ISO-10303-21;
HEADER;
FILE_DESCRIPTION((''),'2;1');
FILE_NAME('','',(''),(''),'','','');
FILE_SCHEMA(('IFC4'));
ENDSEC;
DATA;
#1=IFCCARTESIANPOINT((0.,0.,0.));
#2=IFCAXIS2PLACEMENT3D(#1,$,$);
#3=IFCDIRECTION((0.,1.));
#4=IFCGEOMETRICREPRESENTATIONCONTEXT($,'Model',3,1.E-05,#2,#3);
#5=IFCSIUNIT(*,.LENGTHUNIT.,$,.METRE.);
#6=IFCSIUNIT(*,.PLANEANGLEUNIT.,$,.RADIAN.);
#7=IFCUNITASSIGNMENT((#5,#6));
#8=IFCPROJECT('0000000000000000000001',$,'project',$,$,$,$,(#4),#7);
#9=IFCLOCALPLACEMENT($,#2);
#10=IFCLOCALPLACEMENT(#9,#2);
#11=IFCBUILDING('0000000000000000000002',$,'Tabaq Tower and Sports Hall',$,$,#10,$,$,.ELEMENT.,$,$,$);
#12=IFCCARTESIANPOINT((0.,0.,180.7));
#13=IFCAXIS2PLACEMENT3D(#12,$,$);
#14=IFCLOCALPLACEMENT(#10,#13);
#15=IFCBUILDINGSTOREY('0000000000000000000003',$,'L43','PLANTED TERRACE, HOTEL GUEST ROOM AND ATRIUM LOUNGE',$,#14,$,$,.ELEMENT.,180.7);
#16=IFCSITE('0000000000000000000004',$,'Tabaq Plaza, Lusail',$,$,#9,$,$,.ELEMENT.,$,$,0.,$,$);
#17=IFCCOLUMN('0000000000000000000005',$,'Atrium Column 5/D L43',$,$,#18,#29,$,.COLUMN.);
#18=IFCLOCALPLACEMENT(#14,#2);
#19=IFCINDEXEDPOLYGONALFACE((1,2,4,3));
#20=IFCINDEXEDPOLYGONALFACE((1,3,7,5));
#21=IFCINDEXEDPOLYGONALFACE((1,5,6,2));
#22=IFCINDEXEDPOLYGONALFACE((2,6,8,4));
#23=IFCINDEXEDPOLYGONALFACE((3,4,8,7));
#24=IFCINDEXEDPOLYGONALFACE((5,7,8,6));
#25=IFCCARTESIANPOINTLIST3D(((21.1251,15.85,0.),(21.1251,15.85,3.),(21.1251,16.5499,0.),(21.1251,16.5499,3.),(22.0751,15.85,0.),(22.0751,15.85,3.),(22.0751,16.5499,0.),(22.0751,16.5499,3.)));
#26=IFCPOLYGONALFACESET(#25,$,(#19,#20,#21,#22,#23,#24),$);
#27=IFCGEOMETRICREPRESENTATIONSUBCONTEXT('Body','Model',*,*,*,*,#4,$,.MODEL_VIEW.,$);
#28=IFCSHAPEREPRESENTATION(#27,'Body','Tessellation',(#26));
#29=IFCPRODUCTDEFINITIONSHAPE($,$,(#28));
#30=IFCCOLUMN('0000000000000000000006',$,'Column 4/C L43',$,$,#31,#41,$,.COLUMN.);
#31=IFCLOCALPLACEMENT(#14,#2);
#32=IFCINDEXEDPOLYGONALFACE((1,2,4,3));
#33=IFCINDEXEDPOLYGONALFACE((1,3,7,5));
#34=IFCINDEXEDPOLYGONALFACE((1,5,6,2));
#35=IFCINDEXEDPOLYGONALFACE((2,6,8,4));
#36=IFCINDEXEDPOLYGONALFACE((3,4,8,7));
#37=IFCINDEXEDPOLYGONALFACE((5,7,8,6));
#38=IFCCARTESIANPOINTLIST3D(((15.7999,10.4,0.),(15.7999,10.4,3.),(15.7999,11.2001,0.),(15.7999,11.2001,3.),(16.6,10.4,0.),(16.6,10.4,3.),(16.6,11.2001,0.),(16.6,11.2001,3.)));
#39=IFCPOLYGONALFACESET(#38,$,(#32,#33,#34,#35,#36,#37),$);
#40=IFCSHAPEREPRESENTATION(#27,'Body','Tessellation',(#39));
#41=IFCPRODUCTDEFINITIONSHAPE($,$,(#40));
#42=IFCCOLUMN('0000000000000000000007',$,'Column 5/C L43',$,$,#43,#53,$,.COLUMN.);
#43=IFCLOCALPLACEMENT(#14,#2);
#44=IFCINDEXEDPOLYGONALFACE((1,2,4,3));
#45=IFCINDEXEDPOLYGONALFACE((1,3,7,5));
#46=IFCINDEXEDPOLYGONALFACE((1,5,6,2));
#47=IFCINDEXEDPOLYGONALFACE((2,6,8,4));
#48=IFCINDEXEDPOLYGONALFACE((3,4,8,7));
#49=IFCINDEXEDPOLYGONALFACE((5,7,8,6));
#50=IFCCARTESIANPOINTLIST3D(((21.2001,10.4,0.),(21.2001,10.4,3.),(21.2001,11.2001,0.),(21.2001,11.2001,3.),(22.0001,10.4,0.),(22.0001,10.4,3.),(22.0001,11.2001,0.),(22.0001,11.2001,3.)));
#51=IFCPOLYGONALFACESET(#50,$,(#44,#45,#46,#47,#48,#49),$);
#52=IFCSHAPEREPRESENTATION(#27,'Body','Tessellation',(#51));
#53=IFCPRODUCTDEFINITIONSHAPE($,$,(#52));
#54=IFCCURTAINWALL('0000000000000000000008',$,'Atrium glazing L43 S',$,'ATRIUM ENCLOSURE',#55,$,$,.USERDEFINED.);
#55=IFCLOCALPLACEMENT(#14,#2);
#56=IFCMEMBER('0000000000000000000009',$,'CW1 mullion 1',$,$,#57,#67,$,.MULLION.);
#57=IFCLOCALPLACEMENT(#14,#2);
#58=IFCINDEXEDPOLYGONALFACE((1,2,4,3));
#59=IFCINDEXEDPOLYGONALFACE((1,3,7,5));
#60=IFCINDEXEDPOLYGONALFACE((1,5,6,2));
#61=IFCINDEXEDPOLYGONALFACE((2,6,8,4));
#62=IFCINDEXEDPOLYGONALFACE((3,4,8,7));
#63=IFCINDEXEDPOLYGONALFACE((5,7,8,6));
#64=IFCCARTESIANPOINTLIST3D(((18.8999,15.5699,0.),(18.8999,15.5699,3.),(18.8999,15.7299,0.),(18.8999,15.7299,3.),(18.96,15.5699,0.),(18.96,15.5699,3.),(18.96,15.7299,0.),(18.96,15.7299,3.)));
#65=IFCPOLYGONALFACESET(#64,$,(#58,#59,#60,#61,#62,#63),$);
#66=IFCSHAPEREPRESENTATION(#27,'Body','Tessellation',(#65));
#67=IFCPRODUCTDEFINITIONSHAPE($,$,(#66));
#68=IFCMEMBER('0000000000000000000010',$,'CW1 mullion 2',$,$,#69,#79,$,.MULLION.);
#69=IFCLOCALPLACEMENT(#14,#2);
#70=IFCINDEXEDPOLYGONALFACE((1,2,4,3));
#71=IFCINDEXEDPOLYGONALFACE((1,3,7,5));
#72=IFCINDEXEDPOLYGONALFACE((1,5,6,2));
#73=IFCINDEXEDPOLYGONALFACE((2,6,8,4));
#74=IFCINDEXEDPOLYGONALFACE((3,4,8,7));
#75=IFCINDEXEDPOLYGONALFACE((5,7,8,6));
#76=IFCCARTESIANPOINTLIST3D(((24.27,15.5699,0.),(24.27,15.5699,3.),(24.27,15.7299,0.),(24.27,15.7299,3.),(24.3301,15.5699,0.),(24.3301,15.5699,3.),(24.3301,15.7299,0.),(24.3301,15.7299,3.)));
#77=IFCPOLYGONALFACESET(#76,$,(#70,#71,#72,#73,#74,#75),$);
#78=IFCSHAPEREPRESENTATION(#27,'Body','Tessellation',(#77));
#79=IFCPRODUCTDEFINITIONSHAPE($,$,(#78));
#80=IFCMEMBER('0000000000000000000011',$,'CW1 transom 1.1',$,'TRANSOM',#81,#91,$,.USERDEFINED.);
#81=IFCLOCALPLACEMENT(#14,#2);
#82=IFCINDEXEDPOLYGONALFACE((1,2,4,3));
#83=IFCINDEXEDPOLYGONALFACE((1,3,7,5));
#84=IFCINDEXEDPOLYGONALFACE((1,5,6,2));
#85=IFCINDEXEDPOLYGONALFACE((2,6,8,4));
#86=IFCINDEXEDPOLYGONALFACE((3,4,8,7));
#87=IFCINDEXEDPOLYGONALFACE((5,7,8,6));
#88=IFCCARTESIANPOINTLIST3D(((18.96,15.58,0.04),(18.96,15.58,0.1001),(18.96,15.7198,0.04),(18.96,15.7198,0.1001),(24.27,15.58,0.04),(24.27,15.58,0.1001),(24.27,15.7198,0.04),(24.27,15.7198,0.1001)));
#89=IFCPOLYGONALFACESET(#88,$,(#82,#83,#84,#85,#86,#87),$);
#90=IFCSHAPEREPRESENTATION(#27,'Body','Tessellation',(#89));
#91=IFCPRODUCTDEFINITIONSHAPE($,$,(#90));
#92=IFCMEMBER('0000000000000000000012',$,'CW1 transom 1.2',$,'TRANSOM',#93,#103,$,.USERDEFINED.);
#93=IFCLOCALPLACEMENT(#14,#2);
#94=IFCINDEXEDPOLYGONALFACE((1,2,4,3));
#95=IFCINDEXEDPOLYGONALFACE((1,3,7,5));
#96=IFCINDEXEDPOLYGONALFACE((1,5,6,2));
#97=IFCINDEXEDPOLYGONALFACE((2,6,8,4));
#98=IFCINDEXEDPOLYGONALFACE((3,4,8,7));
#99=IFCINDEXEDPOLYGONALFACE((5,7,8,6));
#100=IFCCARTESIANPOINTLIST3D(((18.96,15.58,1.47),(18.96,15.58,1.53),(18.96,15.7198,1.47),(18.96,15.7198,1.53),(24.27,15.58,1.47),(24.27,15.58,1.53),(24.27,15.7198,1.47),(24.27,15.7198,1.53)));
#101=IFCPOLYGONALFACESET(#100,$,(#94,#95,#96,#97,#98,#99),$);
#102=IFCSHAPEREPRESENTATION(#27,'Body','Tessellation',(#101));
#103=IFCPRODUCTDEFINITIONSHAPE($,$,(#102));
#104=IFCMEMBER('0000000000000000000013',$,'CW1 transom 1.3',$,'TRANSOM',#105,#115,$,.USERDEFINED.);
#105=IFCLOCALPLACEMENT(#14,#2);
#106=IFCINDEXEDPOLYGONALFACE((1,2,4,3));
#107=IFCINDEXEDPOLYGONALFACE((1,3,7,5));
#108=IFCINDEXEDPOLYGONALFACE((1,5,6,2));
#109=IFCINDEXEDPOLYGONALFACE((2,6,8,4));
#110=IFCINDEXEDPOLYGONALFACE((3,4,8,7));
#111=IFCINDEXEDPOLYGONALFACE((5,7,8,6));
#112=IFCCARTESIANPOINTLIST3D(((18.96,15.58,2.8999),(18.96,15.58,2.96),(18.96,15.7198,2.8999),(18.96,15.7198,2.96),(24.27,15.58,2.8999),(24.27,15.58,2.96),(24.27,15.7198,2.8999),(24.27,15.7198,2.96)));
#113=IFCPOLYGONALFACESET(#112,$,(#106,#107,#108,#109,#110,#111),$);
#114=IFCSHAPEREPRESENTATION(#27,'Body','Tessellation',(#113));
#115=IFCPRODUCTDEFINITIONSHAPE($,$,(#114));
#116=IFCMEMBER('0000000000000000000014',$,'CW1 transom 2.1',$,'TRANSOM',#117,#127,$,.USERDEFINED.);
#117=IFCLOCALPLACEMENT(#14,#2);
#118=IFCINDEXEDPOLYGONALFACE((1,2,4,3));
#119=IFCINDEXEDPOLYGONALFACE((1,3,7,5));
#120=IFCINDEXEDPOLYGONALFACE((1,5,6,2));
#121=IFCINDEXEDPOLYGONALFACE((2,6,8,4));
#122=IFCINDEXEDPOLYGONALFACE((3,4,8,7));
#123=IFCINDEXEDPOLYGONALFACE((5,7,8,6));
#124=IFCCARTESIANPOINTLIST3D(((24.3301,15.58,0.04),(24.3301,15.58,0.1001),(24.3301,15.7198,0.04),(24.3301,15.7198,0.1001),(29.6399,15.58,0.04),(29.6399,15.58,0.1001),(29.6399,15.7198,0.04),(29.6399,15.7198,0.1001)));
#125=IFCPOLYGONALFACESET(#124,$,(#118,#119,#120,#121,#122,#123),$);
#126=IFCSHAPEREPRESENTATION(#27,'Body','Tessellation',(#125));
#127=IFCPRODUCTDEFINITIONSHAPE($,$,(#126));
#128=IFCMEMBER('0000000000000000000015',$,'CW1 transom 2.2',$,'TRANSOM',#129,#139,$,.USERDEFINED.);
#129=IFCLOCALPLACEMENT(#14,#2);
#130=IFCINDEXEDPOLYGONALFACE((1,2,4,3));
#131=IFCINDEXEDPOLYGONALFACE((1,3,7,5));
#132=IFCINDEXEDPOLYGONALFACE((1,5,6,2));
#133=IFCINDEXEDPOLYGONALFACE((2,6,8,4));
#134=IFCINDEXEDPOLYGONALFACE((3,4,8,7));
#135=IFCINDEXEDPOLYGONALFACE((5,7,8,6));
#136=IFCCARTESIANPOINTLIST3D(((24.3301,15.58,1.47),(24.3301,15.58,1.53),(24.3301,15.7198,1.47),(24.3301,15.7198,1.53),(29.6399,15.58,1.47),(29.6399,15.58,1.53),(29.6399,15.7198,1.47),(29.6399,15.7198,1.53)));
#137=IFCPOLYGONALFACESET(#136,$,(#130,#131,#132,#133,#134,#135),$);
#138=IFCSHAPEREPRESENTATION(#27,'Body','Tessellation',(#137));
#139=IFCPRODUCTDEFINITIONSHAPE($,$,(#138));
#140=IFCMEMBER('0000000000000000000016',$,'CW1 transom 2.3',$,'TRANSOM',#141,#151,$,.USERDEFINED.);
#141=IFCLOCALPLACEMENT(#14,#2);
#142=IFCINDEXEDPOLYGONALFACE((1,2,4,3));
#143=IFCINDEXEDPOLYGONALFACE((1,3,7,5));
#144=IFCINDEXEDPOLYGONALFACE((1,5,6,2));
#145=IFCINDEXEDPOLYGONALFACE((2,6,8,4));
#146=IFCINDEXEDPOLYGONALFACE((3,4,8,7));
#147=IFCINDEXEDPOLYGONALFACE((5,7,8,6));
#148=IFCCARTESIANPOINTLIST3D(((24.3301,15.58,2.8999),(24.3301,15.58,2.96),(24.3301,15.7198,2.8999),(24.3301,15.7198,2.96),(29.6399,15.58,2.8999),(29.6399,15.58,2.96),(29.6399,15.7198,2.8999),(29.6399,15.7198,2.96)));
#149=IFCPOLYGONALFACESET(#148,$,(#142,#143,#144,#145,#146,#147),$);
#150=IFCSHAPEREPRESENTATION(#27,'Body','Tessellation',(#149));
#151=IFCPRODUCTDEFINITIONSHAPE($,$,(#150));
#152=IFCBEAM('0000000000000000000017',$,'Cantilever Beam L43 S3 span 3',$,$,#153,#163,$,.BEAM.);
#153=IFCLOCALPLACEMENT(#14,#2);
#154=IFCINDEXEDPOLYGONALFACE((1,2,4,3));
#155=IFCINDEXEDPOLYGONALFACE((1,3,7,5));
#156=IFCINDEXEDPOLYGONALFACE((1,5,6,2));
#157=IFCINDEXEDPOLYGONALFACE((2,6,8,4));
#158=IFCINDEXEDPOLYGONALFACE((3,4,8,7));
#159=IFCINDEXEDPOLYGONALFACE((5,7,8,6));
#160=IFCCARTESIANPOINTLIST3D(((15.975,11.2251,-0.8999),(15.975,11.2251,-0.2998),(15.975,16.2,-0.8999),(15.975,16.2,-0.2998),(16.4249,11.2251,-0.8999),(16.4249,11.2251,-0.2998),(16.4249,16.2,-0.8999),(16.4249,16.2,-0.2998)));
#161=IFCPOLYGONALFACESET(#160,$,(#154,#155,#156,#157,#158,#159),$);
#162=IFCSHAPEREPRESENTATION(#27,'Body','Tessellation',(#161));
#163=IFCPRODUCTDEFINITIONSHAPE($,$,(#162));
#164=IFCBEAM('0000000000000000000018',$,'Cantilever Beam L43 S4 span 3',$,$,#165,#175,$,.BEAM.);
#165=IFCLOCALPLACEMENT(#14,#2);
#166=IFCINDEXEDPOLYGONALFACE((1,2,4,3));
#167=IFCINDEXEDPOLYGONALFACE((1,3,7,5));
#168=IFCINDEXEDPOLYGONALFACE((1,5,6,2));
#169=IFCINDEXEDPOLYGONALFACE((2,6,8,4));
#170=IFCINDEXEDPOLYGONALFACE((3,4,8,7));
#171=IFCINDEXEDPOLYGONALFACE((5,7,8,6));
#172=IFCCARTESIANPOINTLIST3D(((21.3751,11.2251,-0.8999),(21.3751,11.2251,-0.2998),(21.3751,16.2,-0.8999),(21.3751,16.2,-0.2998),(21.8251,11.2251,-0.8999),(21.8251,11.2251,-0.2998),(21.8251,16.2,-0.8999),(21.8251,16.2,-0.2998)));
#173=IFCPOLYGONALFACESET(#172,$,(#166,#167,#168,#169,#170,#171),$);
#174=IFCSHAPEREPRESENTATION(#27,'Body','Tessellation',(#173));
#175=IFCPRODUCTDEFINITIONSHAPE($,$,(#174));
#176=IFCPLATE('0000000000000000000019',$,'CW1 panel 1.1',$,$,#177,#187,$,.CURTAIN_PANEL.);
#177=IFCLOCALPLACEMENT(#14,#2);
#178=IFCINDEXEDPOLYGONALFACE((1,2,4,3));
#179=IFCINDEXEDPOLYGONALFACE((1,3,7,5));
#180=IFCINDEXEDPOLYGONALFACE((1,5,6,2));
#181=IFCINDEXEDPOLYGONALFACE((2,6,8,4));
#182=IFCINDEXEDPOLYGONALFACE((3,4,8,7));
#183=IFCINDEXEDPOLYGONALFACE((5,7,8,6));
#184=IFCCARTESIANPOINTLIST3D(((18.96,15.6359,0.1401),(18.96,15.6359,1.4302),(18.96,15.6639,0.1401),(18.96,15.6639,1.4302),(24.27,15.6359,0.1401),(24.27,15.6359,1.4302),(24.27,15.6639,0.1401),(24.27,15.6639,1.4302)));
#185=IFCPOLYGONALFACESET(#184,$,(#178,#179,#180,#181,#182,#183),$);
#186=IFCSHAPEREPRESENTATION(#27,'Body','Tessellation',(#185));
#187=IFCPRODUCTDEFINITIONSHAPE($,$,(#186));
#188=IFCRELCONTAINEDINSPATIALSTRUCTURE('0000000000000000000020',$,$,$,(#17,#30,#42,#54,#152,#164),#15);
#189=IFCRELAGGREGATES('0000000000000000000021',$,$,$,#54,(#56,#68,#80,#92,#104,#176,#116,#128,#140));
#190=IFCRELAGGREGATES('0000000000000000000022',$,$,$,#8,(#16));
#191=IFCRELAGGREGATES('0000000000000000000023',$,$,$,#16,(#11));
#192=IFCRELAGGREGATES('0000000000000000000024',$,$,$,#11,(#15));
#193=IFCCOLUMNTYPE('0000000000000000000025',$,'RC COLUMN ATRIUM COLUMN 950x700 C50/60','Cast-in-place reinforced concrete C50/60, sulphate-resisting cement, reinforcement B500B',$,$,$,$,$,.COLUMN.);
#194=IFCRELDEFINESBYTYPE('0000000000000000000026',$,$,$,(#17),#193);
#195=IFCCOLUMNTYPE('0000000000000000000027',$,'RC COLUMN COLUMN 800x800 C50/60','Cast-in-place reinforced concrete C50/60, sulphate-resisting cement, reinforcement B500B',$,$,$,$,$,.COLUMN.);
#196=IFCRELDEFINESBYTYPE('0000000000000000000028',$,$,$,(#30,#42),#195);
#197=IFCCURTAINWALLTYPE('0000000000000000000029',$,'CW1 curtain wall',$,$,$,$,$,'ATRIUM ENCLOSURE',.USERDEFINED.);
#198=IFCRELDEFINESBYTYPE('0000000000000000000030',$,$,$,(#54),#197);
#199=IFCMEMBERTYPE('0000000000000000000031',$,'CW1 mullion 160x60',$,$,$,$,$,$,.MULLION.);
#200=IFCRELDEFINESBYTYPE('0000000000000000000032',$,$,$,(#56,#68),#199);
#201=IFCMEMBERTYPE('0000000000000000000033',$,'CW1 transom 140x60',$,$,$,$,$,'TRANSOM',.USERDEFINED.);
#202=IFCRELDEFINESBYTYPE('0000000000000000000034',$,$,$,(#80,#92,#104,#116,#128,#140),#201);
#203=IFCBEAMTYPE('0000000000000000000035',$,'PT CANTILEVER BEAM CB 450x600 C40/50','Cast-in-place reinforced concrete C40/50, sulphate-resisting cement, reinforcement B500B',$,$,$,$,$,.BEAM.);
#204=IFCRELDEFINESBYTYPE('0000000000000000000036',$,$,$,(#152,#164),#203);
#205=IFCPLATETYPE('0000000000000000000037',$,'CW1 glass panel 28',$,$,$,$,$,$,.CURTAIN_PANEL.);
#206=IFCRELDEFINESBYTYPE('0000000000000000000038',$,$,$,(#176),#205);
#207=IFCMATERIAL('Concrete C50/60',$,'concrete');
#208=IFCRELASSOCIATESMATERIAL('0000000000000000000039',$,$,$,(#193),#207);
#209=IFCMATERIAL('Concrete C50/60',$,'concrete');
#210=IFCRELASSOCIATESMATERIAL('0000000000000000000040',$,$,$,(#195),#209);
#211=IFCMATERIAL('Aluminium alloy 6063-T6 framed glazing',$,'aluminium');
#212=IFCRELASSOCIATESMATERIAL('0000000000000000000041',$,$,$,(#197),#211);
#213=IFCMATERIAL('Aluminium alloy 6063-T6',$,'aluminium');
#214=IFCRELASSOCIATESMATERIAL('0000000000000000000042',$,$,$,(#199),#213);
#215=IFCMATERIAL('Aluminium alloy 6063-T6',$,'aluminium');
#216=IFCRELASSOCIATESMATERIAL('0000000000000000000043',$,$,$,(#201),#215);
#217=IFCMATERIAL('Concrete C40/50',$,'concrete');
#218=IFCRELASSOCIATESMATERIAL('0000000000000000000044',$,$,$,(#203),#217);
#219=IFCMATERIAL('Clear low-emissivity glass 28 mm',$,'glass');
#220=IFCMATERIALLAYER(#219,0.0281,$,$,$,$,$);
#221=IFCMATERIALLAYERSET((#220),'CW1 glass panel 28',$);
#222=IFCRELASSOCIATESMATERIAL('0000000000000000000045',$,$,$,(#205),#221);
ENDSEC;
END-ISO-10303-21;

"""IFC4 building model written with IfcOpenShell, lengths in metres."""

from ifc_helpers import new_model, si_unit, direction, frame, origin, origin_2d, place, context, subcontext, project, spatial, rectangle, extrude, material, layer, layer_set, material_profile, profile_set, type_object, element, aggregate, save


model = new_model("IFC4")

# Units and contexts
model_context = context("Model", 3, precision=1e-05, world=origin(), true_north=direction((0.0, 1.0)))
body_context = subcontext(model_context, "Body", "Model", "MODEL_VIEW")
ifc_project = project(units=[si_unit("LENGTHUNIT", "METRE"), si_unit("PLANEANGLEUNIT", "RADIAN")], contexts=[model_context])

# Site, building, storey
site_placement = place(None, origin())
site = spatial("IfcSite", under=ifc_project, at=site_placement, Name="Tabaq Plaza, Lusail", CompositionType="ELEMENT", RefElevation=0.0)
building_placement = place(site_placement, origin())
building = spatial("IfcBuilding", under=site, at=building_placement, Name="Tabaq Tower and Sports Hall", CompositionType="ELEMENT")
storey_placement = place(building_placement, frame((0.0, 0.0, 180.7)))
storey = spatial("IfcBuildingStorey", under=building, at=storey_placement, Name="L43", Description="PLANTED TERRACE, HOTEL GUEST ROOM AND ATRIUM LOUNGE", CompositionType="ELEMENT", Elevation=180.7)

# Columns
ifc_material_1 = material(Name="Concrete C50/60", Category="concrete")
ifc_material_profile_1 = material_profile(ifc_material_1, rectangle(XDim=0.95, YDim=0.7, at=origin_2d()), Name="ATRIUM COLUMN 950x700")
ifc_profile_set_1 = profile_set([ifc_material_profile_1], Name="Concrete C50/60")
column_type_1 = type_object("IfcColumnType", Name="RC COLUMN ATRIUM COLUMN 950x700 C50/60", Description="Cast-in-place reinforced concrete C50/60, sulphate-resisting cement, reinforcement B500B", PredefinedType="COLUMN", material=ifc_profile_set_1)
column_placement = place(storey_placement, frame((21.6001, 16.2, 0.0), z_axis=(0.0, 0.0, 1.0), x_axis=(1.0, 0.0, 0.0)))
element("IfcColumn", 1, at=column_placement, inside=storey, type_object=column_type_1, Name="Atrium Column 5/D L43", PredefinedType="COLUMN", context=body_context, shape_type="SweptSolid", body=[
    extrude(rectangle(XDim=0.95, YDim=0.7, at=origin_2d()), origin(), (0.0, 0.0, 1.0), 3.0),
])
ifc_material_2 = material(Name="Concrete C50/60", Category="concrete")
ifc_material_profile_2 = material_profile(ifc_material_2, rectangle(XDim=0.8, YDim=0.8, at=origin_2d()), Name="COLUMN 800x800")
ifc_profile_set_2 = profile_set([ifc_material_profile_2], Name="Concrete C50/60")
column_type_2 = type_object("IfcColumnType", Name="RC COLUMN COLUMN 800x800 C50/60", Description="Cast-in-place reinforced concrete C50/60, sulphate-resisting cement, reinforcement B500B", PredefinedType="COLUMN", material=ifc_profile_set_2)
for number, where, z_axis, x_axis, name in (
    (2, (16.2, 10.8, 0.0), (0.0, 0.0, 1.0), (1.0, 0.0, 0.0), "Column 4/C L43"),
    (3, (21.6001, 10.8, 0.0), (0.0, 0.0, 1.0), (1.0, 0.0, 0.0), "Column 5/C L43"),
):
    element("IfcColumn", number, at=place(storey_placement, frame(where, z_axis=z_axis, x_axis=x_axis)), inside=storey, type_object=column_type_2, Name=name, PredefinedType="COLUMN", context=body_context, shape_type="SweptSolid", body=[
        extrude(rectangle(XDim=0.8, YDim=0.8, at=origin_2d()), origin(), (0.0, 0.0, 1.0), 3.0),
    ])

# Curtain wall, members
ifc_material_3 = material(Name="Aluminium alloy 6063-T6 framed glazing", Category="aluminium")
curtain_wall_type = type_object("IfcCurtainWallType", Name="CW1 curtain wall", ElementType="ATRIUM ENCLOSURE", PredefinedType="USERDEFINED", material=ifc_material_3)
curtain_wall_placement = place(storey_placement, origin())
curtain_wall = element("IfcCurtainWall", 4, at=curtain_wall_placement, inside=storey, type_object=curtain_wall_type, Name="Atrium glazing L43 S", ObjectType="ATRIUM ENCLOSURE", PredefinedType="USERDEFINED")
ifc_material_4 = material(Name="Aluminium alloy 6063-T6", Category="aluminium")
ifc_material_profile_3 = material_profile(ifc_material_4, rectangle(XDim=0.1599, YDim=0.0601, at=origin_2d()), Name="MULLION 160x60")
ifc_profile_set_3 = profile_set([ifc_material_profile_3], Name="Aluminium alloy 6063-T6")
member_type_1 = type_object("IfcMemberType", Name="CW1 mullion 160x60", PredefinedType="MULLION", material=ifc_profile_set_3)
member_1_placement = place(storey_placement, frame((18.9299, 15.6499, 0.0), z_axis=(0.0, 0.0, 1.0), x_axis=(0.0, 1.0, 0.0)))
member_1 = element("IfcMember", 5, at=member_1_placement, type_object=member_type_1, Name="CW1 mullion 1", PredefinedType="MULLION", context=body_context, shape_type="SweptSolid", body=[
    extrude(rectangle(XDim=0.1599, YDim=0.0601, at=origin_2d()), origin(), (0.0, 0.0, 1.0), 3.0),
])
member_2_placement = place(storey_placement, frame((24.3, 15.6499, 0.0), z_axis=(0.0, 0.0, 1.0), x_axis=(0.0, 1.0, 0.0)))
member_2 = element("IfcMember", 6, at=member_2_placement, type_object=member_type_1, Name="CW1 mullion 2", PredefinedType="MULLION", context=body_context, shape_type="SweptSolid", body=[
    extrude(rectangle(XDim=0.1599, YDim=0.0601, at=origin_2d()), origin(), (0.0, 0.0, 1.0), 3.0),
])
ifc_material_5 = material(Name="Aluminium alloy 6063-T6", Category="aluminium")
ifc_material_profile_4 = material_profile(ifc_material_5, rectangle(XDim=0.1399, YDim=0.0601, at=origin_2d()), Name="TRANSOM 140x60")
ifc_profile_set_4 = profile_set([ifc_material_profile_4], Name="Aluminium alloy 6063-T6")
member_type_2 = type_object("IfcMemberType", Name="CW1 transom 140x60", ElementType="TRANSOM", PredefinedType="USERDEFINED", material=ifc_profile_set_4)
member_3_placement = place(storey_placement, frame((18.96, 15.6499, 0.0701), z_axis=(1.0, 0.0, 0.0), x_axis=(0.0, 1.0, 0.0)))
member_3 = element("IfcMember", 7, at=member_3_placement, type_object=member_type_2, Name="CW1 transom 1.1", ObjectType="TRANSOM", PredefinedType="USERDEFINED", context=body_context, shape_type="SweptSolid", body=[
    extrude(rectangle(XDim=0.1399, YDim=0.0601, at=origin_2d()), origin(), (0.0, 0.0, 1.0), 5.3101),
])
member_4_placement = place(storey_placement, frame((18.96, 15.6499, 1.5), z_axis=(1.0, 0.0, 0.0), x_axis=(0.0, 1.0, 0.0)))
member_4 = element("IfcMember", 8, at=member_4_placement, type_object=member_type_2, Name="CW1 transom 1.2", ObjectType="TRANSOM", PredefinedType="USERDEFINED", context=body_context, shape_type="SweptSolid", body=[
    extrude(rectangle(XDim=0.1399, YDim=0.0601, at=origin_2d()), origin(), (0.0, 0.0, 1.0), 5.3101),
])
member_5_placement = place(storey_placement, frame((18.96, 15.6499, 2.9299), z_axis=(1.0, 0.0, 0.0), x_axis=(0.0, 1.0, 0.0)))
member_5 = element("IfcMember", 9, at=member_5_placement, type_object=member_type_2, Name="CW1 transom 1.3", ObjectType="TRANSOM", PredefinedType="USERDEFINED", context=body_context, shape_type="SweptSolid", body=[
    extrude(rectangle(XDim=0.1399, YDim=0.0601, at=origin_2d()), origin(), (0.0, 0.0, 1.0), 5.3101),
])
member_6_placement = place(storey_placement, frame((24.3301, 15.6499, 0.0701), z_axis=(1.0, 0.0, 0.0), x_axis=(0.0, 1.0, 0.0)))
member_6 = element("IfcMember", 10, at=member_6_placement, type_object=member_type_2, Name="CW1 transom 2.1", ObjectType="TRANSOM", PredefinedType="USERDEFINED", context=body_context, shape_type="SweptSolid", body=[
    extrude(rectangle(XDim=0.1399, YDim=0.0601, at=origin_2d()), origin(), (0.0, 0.0, 1.0), 5.3098),
])
member_7_placement = place(storey_placement, frame((24.3301, 15.6499, 1.5), z_axis=(1.0, 0.0, 0.0), x_axis=(0.0, 1.0, 0.0)))
member_7 = element("IfcMember", 11, at=member_7_placement, type_object=member_type_2, Name="CW1 transom 2.2", ObjectType="TRANSOM", PredefinedType="USERDEFINED", context=body_context, shape_type="SweptSolid", body=[
    extrude(rectangle(XDim=0.1399, YDim=0.0601, at=origin_2d()), origin(), (0.0, 0.0, 1.0), 5.3098),
])
member_8_placement = place(storey_placement, frame((24.3301, 15.6499, 2.9299), z_axis=(1.0, 0.0, 0.0), x_axis=(0.0, 1.0, 0.0)))
member_8 = element("IfcMember", 12, at=member_8_placement, type_object=member_type_2, Name="CW1 transom 2.3", ObjectType="TRANSOM", PredefinedType="USERDEFINED", context=body_context, shape_type="SweptSolid", body=[
    extrude(rectangle(XDim=0.1399, YDim=0.0601, at=origin_2d()), origin(), (0.0, 0.0, 1.0), 5.3098),
])

# Beams
ifc_material_6 = material(Name="Concrete C40/50", Category="concrete")
ifc_material_profile_5 = material_profile(ifc_material_6, rectangle(XDim=0.45, YDim=0.6001, at=origin_2d()), Name="CB 450x600")
ifc_profile_set_5 = profile_set([ifc_material_profile_5], Name="Concrete C40/50")
beam_type = type_object("IfcBeamType", Name="PT CANTILEVER BEAM CB 450x600 C40/50", Description="Cast-in-place reinforced concrete C40/50, sulphate-resisting cement, reinforcement B500B", PredefinedType="BEAM", material=ifc_profile_set_5)
for number, where, z_axis, x_axis, name in (
    (13, (16.2, 11.2251, -0.5999), (0.0, 1.0, 0.0), (-1.0, 0.0, 0.0), "Cantilever Beam L43 S3 span 3"),
    (14, (21.6001, 11.2251, -0.5999), (0.0, 1.0, 0.0), (-1.0, 0.0, 0.0), "Cantilever Beam L43 S4 span 3"),
):
    element("IfcBeam", number, at=place(storey_placement, frame(where, z_axis=z_axis, x_axis=x_axis)), inside=storey, type_object=beam_type, Name=name, PredefinedType="BEAM", context=body_context, shape_type="SweptSolid", body=[
        extrude(rectangle(XDim=0.45, YDim=0.6001, at=origin_2d()), origin(), (0.0, 0.0, 1.0), 4.9749),
    ])

# Plate
ifc_material_7 = material(Name="Clear low-emissivity glass 28 mm", Category="glass")
ifc_layer_1 = layer(ifc_material_7, 0.0281)
ifc_layer_set_1 = layer_set([ifc_layer_1], Name="CW1 glass panel 28")
plate_type = type_object("IfcPlateType", Name="CW1 glass panel 28", PredefinedType="CURTAIN_PANEL", material=ifc_layer_set_1)
plate_1_placement = place(storey_placement, frame((21.615, 15.6499, 0.1401), z_axis=(0.0, 0.0, 1.0), x_axis=(1.0, 0.0, 0.0)))
plate_1 = element("IfcPlate", 15, at=plate_1_placement, type_object=plate_type, Name="CW1 panel 1.1", PredefinedType="CURTAIN_PANEL", context=body_context, shape_type="SweptSolid", body=[
    extrude(rectangle(XDim=5.3101, YDim=0.0281, at=origin_2d()), origin(), (0.0, 0.0, 1.0), 1.29),
])
aggregate(curtain_wall, [member_1, member_2, member_3, member_4, member_5, plate_1, member_6, member_7, member_8])

save(model, "model.ifc")
